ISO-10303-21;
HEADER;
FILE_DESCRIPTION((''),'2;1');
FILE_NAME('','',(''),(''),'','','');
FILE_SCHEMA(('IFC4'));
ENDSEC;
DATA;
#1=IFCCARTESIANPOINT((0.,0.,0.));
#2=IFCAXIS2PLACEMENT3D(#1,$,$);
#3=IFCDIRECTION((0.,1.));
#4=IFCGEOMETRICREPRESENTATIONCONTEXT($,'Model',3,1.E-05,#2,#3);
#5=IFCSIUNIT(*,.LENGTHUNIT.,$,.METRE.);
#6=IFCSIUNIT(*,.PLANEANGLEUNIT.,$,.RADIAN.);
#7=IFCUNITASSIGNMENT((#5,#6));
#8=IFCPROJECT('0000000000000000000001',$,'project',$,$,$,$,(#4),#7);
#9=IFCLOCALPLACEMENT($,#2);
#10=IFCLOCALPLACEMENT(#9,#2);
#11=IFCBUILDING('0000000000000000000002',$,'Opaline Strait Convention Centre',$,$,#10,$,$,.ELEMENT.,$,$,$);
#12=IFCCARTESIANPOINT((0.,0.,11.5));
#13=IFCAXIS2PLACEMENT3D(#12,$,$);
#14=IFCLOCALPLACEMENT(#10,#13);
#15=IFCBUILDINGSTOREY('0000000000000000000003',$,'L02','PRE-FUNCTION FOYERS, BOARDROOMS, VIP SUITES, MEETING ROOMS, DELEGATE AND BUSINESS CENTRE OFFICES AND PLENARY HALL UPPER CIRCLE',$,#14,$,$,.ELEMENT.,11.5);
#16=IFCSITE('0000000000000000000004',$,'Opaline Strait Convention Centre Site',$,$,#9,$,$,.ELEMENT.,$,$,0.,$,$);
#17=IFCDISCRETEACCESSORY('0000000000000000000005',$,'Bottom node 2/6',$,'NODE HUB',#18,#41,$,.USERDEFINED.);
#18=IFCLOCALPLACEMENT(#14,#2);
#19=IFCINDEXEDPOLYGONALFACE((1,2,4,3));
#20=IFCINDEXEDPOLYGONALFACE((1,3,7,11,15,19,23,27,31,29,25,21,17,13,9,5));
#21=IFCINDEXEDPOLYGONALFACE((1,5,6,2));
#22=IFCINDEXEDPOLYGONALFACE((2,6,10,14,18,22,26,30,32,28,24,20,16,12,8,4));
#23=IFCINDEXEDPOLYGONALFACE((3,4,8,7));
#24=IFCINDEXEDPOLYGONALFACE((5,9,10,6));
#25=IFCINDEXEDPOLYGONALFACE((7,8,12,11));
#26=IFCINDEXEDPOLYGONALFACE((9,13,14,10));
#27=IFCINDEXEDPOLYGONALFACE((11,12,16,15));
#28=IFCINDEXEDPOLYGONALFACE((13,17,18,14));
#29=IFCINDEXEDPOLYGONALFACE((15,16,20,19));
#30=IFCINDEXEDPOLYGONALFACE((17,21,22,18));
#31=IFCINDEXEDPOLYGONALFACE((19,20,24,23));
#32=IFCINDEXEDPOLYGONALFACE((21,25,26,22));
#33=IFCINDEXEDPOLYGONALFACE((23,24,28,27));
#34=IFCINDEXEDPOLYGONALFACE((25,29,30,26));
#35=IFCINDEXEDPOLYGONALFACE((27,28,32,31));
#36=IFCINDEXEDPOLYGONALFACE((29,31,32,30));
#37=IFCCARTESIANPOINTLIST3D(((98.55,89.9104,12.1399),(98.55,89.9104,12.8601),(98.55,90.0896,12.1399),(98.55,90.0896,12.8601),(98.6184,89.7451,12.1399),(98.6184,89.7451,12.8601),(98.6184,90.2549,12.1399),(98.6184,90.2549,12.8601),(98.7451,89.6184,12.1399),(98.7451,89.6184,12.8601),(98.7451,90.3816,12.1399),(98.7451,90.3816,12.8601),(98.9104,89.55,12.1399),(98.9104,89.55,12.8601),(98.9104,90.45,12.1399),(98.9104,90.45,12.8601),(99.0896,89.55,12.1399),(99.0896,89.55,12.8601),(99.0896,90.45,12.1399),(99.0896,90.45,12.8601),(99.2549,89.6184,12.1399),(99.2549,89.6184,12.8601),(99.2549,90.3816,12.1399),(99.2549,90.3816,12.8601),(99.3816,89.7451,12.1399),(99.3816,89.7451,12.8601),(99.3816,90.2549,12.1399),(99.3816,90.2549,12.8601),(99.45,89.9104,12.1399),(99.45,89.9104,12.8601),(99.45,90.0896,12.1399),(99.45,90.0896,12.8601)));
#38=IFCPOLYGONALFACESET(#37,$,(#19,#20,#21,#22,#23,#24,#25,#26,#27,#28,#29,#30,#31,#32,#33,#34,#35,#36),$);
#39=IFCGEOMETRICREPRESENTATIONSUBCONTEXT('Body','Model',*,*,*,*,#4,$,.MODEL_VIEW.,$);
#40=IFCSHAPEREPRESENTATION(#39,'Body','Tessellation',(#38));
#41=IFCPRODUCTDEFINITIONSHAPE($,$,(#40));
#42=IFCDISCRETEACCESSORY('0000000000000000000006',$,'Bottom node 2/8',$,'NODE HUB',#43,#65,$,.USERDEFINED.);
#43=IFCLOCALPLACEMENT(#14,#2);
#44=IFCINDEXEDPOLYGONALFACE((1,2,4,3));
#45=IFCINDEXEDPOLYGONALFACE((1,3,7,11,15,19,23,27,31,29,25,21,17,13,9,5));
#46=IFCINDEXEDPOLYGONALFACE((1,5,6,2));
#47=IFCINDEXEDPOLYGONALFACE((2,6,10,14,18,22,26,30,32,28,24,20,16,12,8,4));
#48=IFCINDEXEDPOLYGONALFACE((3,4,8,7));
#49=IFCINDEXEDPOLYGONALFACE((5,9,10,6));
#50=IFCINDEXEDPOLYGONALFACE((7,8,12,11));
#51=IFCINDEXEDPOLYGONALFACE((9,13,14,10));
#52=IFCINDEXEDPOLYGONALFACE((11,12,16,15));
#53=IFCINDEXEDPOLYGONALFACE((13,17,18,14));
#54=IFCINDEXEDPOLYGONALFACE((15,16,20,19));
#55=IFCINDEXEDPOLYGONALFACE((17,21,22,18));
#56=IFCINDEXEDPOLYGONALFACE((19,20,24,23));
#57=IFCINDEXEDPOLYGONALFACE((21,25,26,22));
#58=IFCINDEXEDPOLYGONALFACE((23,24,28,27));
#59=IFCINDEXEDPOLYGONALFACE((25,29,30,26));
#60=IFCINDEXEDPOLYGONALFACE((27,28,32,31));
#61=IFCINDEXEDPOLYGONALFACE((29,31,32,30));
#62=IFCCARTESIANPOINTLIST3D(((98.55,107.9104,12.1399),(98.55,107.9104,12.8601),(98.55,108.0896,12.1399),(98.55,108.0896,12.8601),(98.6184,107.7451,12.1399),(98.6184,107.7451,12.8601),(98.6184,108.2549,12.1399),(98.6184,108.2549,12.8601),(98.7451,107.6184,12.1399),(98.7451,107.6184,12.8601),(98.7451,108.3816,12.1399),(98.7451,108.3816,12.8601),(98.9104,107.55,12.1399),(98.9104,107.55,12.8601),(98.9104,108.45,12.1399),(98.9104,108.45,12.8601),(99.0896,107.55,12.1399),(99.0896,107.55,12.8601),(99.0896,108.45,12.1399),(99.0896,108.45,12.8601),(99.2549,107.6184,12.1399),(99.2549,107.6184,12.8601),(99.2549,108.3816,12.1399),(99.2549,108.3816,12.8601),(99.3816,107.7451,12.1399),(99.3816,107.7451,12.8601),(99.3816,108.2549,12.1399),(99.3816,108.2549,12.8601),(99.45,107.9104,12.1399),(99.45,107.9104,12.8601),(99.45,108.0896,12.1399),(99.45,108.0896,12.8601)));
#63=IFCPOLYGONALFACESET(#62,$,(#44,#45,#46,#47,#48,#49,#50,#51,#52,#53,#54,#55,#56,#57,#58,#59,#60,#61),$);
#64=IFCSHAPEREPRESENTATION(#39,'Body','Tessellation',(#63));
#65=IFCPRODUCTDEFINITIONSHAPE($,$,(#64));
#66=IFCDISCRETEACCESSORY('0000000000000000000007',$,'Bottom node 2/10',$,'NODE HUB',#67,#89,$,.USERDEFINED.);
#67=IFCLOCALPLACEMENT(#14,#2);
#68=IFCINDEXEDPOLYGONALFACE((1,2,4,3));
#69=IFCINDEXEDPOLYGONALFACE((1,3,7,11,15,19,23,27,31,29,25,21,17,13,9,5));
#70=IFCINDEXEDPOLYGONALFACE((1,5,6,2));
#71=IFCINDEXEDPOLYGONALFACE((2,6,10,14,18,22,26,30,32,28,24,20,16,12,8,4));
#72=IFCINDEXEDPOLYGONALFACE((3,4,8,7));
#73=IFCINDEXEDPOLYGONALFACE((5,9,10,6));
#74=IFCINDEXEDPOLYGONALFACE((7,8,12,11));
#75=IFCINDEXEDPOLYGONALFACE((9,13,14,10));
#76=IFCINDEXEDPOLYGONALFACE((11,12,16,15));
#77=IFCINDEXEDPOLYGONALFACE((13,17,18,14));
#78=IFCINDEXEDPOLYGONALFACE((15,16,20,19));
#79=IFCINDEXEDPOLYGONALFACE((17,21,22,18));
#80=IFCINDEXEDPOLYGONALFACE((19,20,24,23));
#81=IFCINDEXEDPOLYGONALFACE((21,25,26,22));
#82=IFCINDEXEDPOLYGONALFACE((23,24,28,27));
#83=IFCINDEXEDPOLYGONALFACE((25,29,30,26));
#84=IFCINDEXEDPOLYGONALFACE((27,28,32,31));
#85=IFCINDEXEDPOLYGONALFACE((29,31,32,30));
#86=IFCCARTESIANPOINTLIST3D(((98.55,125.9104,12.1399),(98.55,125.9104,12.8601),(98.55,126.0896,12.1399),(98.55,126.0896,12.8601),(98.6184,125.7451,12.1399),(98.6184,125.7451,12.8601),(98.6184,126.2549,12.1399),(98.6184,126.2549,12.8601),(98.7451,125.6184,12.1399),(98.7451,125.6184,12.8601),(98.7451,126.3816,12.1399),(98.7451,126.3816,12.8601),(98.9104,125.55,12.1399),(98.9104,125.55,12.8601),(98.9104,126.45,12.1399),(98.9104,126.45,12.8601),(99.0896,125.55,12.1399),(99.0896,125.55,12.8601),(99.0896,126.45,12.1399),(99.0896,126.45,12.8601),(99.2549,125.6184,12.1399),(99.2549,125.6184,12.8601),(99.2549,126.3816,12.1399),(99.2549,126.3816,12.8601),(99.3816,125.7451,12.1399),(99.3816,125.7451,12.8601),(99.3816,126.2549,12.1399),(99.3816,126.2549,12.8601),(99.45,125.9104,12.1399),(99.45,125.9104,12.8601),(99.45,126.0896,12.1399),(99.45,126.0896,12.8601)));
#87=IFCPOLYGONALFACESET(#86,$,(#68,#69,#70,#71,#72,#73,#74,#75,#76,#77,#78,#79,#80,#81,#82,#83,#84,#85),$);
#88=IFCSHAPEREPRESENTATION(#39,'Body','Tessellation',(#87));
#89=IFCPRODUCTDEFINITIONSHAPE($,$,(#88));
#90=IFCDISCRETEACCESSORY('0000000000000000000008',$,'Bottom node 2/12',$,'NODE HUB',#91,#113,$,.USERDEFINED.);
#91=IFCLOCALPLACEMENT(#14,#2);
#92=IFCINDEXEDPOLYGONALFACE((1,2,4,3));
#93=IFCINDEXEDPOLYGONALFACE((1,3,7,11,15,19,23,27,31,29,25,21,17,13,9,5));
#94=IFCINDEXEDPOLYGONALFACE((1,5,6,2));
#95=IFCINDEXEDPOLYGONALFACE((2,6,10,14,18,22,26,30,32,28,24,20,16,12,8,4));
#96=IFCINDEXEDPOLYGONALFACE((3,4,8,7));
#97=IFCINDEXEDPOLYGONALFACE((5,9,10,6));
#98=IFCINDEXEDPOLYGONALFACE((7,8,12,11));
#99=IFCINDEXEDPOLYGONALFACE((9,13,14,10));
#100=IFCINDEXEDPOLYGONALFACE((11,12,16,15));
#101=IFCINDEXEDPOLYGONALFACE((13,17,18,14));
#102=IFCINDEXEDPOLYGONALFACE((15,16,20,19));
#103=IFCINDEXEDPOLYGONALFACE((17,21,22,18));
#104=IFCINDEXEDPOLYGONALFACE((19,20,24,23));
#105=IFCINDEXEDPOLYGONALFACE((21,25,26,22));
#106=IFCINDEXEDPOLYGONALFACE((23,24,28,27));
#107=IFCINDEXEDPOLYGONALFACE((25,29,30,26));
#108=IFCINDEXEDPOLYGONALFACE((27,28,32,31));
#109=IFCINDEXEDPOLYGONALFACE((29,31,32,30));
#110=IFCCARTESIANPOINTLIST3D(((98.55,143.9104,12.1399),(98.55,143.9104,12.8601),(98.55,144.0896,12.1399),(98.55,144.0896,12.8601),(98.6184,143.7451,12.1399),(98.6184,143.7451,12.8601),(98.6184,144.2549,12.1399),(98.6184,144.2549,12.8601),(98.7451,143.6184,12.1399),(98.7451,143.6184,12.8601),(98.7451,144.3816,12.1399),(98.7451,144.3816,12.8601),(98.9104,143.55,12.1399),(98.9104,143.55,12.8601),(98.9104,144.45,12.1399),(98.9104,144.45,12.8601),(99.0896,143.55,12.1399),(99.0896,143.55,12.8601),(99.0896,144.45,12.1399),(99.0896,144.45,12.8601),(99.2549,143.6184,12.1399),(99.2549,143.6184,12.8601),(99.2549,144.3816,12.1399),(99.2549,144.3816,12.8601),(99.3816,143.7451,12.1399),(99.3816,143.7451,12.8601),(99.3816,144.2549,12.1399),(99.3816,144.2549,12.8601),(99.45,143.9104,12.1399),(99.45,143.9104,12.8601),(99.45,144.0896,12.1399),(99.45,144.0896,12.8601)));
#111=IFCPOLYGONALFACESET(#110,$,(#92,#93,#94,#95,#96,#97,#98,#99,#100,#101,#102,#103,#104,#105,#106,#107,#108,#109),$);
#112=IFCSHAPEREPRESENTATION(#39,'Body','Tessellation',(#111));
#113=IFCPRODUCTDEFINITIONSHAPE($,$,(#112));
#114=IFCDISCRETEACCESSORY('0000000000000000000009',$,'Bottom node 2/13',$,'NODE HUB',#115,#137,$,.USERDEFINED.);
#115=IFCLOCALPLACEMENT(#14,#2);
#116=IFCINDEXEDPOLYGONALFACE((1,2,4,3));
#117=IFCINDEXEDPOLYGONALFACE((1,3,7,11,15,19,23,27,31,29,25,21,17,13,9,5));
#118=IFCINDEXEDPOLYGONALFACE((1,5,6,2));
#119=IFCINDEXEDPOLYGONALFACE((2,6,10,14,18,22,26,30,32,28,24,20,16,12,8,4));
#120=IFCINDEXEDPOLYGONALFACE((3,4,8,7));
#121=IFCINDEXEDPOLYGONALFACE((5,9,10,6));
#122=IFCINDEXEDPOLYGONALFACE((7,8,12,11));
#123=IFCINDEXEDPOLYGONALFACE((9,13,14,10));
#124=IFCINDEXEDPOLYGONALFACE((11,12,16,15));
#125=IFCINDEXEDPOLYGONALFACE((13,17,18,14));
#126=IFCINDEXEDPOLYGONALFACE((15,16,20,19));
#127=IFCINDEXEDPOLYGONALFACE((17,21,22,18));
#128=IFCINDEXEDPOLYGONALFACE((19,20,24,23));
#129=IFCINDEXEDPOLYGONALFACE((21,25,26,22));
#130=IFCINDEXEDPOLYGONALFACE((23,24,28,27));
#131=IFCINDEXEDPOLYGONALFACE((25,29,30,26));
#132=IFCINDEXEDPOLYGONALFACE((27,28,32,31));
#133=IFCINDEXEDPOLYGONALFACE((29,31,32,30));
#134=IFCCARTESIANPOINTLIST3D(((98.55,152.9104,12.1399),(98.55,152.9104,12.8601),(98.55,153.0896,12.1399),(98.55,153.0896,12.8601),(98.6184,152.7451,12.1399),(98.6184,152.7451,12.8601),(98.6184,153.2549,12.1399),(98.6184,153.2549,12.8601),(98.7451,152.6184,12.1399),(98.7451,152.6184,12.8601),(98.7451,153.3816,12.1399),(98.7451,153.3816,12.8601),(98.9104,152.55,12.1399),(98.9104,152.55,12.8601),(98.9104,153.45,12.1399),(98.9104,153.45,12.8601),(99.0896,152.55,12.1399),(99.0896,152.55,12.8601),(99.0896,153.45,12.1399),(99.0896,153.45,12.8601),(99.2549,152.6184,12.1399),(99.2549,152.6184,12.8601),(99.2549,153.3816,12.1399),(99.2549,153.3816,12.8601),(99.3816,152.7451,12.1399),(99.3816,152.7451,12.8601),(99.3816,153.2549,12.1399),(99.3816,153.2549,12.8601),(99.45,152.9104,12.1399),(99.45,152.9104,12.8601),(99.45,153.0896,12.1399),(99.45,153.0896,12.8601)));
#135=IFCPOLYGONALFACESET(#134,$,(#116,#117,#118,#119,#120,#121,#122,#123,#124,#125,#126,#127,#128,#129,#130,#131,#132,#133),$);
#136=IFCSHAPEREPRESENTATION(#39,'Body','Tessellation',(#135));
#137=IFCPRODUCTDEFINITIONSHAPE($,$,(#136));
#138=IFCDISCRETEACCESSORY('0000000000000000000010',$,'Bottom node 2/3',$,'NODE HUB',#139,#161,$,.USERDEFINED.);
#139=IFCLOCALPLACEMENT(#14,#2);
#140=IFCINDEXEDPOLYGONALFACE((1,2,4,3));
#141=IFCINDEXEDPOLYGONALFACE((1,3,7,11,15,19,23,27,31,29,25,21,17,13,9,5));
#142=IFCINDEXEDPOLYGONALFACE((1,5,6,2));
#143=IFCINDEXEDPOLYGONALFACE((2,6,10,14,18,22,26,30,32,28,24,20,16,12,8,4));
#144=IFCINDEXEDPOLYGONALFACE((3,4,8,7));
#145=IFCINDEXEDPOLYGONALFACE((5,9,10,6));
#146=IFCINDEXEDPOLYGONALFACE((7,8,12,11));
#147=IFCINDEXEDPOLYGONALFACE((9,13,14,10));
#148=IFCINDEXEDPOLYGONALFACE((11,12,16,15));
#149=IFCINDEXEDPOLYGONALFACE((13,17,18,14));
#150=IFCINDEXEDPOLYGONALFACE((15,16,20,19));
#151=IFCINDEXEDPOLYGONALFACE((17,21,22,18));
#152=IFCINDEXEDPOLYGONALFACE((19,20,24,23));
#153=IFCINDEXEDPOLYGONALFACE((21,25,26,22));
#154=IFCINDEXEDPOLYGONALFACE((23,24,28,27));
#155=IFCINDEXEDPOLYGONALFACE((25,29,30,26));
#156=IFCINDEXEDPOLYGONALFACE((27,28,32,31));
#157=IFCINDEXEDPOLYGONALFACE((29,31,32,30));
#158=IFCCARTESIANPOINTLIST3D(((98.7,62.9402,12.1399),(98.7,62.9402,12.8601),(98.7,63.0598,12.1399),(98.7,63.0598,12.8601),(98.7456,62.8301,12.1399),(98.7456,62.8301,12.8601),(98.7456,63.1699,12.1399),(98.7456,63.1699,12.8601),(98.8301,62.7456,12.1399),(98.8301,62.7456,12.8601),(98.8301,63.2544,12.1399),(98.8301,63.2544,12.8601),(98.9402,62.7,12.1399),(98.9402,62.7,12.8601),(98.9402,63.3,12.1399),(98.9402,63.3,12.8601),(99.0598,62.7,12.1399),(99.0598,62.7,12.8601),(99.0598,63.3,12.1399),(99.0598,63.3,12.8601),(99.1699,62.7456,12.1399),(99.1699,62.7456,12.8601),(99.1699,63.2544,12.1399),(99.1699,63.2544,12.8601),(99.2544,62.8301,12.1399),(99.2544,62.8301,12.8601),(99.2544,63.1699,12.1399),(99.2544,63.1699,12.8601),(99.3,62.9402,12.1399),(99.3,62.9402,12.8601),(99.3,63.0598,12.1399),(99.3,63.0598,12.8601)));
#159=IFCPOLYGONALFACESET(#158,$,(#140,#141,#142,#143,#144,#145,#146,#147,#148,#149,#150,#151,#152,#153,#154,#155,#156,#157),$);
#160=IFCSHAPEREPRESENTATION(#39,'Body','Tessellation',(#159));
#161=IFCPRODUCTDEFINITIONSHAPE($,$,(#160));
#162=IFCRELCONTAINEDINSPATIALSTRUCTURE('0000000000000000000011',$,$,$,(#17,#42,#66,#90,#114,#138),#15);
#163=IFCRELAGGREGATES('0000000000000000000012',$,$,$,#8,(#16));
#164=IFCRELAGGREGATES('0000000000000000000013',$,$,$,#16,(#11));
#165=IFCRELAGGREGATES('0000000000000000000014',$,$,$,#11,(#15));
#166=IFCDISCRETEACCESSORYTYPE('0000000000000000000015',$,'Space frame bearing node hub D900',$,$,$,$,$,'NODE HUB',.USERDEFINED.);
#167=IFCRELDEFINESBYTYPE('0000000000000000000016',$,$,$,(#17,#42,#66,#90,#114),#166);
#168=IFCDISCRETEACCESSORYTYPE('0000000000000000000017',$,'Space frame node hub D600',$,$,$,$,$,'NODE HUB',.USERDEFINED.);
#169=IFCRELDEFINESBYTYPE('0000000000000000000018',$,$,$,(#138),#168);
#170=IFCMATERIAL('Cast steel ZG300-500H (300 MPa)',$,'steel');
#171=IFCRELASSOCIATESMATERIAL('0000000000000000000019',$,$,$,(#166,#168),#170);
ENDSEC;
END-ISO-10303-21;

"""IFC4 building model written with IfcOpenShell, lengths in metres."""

from ifc_helpers import new_model, si_unit, direction, frame, origin, place, context, subcontext, project, spatial, polyline, outline, extrude, material, type_object, element, save


model = new_model("IFC4")

# Units and contexts
model_context = context("Model", 3, precision=1e-05, world=origin(), true_north=direction((0.0, 1.0)))
body_context = subcontext(model_context, "Body", "Model", "MODEL_VIEW")
ifc_project = project(units=[si_unit("LENGTHUNIT", "METRE"), si_unit("PLANEANGLEUNIT", "RADIAN")], contexts=[model_context])

# Site, building, storey
site_placement = place(None, origin())
site = spatial("IfcSite", under=ifc_project, at=site_placement, Name="Opaline Strait Convention Centre Site", CompositionType="ELEMENT", RefElevation=0.0)
building_placement = place(site_placement, origin())
building = spatial("IfcBuilding", under=site, at=building_placement, Name="Opaline Strait Convention Centre", CompositionType="ELEMENT")
storey_placement = place(building_placement, frame((0.0, 0.0, 11.5)))
storey = spatial("IfcBuildingStorey", under=building, at=storey_placement, Name="L02", Description="PRE-FUNCTION FOYERS, BOARDROOMS, VIP SUITES, MEETING ROOMS, DELEGATE AND BUSINESS CENTRE OFFICES AND PLENARY HALL UPPER CIRCLE", CompositionType="ELEMENT", Elevation=11.5)

# Discrete accessories
ifc_material = material(Name="Cast steel ZG300-500H (300 MPa)", Category="steel")
discrete_accessory_type_1 = type_object("IfcDiscreteAccessoryType", Name="Space frame bearing node hub D900", ElementType="NODE HUB", PredefinedType="USERDEFINED", material=ifc_material)
discrete_accessory_1_placement = place(storey_placement, frame((0.0, 0.0, 12.1399)))
element("IfcDiscreteAccessory", 1, at=discrete_accessory_1_placement, inside=storey, type_object=discrete_accessory_type_1, Name="Bottom node 2/6", ObjectType="NODE HUB", PredefinedType="USERDEFINED", context=body_context, shape_type="SweptSolid", body=[
    extrude(outline(polyline([(99.45, 90.0896), (99.3816, 90.2549), (99.2549, 90.3816), (99.0896, 90.45), (98.9104, 90.45), (98.7451, 90.3816), (98.6184, 90.2549), (98.55, 90.0896), (98.55, 89.9104), (98.6184, 89.7451), (98.7451, 89.6184), (98.9104, 89.55), (99.0896, 89.55), (99.2549, 89.6184), (99.3816, 89.7451), (99.45, 89.9104), (99.45, 90.0896)])), origin(), (0.0, 0.0, 1.0), 0.7202),
])
discrete_accessory_2_placement = place(storey_placement, frame((0.0, 0.0, 12.1399)))
element("IfcDiscreteAccessory", 2, at=discrete_accessory_2_placement, inside=storey, type_object=discrete_accessory_type_1, Name="Bottom node 2/8", ObjectType="NODE HUB", PredefinedType="USERDEFINED", context=body_context, shape_type="SweptSolid", body=[
    extrude(outline(polyline([(99.45, 108.0896), (99.3816, 108.2549), (99.2549, 108.3816), (99.0896, 108.45), (98.9104, 108.45), (98.7451, 108.3816), (98.6184, 108.2549), (98.55, 108.0896), (98.55, 107.9104), (98.6184, 107.7451), (98.7451, 107.6184), (98.9104, 107.55), (99.0896, 107.55), (99.2549, 107.6184), (99.3816, 107.7451), (99.45, 107.9104), (99.45, 108.0896)])), origin(), (0.0, 0.0, 1.0), 0.7202),
])
discrete_accessory_3_placement = place(storey_placement, frame((0.0, 0.0, 12.1399)))
element("IfcDiscreteAccessory", 3, at=discrete_accessory_3_placement, inside=storey, type_object=discrete_accessory_type_1, Name="Bottom node 2/10", ObjectType="NODE HUB", PredefinedType="USERDEFINED", context=body_context, shape_type="SweptSolid", body=[
    extrude(outline(polyline([(99.45, 126.0896), (99.3816, 126.2549), (99.2549, 126.3816), (99.0896, 126.45), (98.9104, 126.45), (98.7451, 126.3816), (98.6184, 126.2549), (98.55, 126.0896), (98.55, 125.9104), (98.6184, 125.7451), (98.7451, 125.6184), (98.9104, 125.55), (99.0896, 125.55), (99.2549, 125.6184), (99.3816, 125.7451), (99.45, 125.9104), (99.45, 126.0896)])), origin(), (0.0, 0.0, 1.0), 0.7202),
])
discrete_accessory_4_placement = place(storey_placement, frame((0.0, 0.0, 12.1399)))
element("IfcDiscreteAccessory", 4, at=discrete_accessory_4_placement, inside=storey, type_object=discrete_accessory_type_1, Name="Bottom node 2/12", ObjectType="NODE HUB", PredefinedType="USERDEFINED", context=body_context, shape_type="SweptSolid", body=[
    extrude(outline(polyline([(99.45, 144.0896), (99.3816, 144.2549), (99.2549, 144.3816), (99.0896, 144.45), (98.9104, 144.45), (98.7451, 144.3816), (98.6184, 144.2549), (98.55, 144.0896), (98.55, 143.9104), (98.6184, 143.7451), (98.7451, 143.6184), (98.9104, 143.55), (99.0896, 143.55), (99.2549, 143.6184), (99.3816, 143.7451), (99.45, 143.9104), (99.45, 144.0896)])), origin(), (0.0, 0.0, 1.0), 0.7202),
])
discrete_accessory_5_placement = place(storey_placement, frame((0.0, 0.0, 12.1399)))
element("IfcDiscreteAccessory", 5, at=discrete_accessory_5_placement, inside=storey, type_object=discrete_accessory_type_1, Name="Bottom node 2/13", ObjectType="NODE HUB", PredefinedType="USERDEFINED", context=body_context, shape_type="SweptSolid", body=[
    extrude(outline(polyline([(99.45, 153.0896), (99.3816, 153.2549), (99.2549, 153.3816), (99.0896, 153.45), (98.9104, 153.45), (98.7451, 153.3816), (98.6184, 153.2549), (98.55, 153.0896), (98.55, 152.9104), (98.6184, 152.7451), (98.7451, 152.6184), (98.9104, 152.55), (99.0896, 152.55), (99.2549, 152.6184), (99.3816, 152.7451), (99.45, 152.9104), (99.45, 153.0896)])), origin(), (0.0, 0.0, 1.0), 0.7202),
])
discrete_accessory_type_2 = type_object("IfcDiscreteAccessoryType", Name="Space frame node hub D600", ElementType="NODE HUB", PredefinedType="USERDEFINED", material=ifc_material)
discrete_accessory_6_placement = place(storey_placement, frame((0.0, 0.0, 12.1399)))
element("IfcDiscreteAccessory", 6, at=discrete_accessory_6_placement, inside=storey, type_object=discrete_accessory_type_2, Name="Bottom node 2/3", ObjectType="NODE HUB", PredefinedType="USERDEFINED", context=body_context, shape_type="SweptSolid", body=[
    extrude(outline(polyline([(99.3, 63.0598), (99.2544, 63.1699), (99.1699, 63.2544), (99.0598, 63.3), (98.9402, 63.3), (98.8301, 63.2544), (98.7456, 63.1699), (98.7, 63.0598), (98.7, 62.9402), (98.7456, 62.8301), (98.8301, 62.7456), (98.9402, 62.7), (99.0598, 62.7), (99.1699, 62.7456), (99.2544, 62.8301), (99.3, 62.9402), (99.3, 63.0598)])), origin(), (0.0, 0.0, 1.0), 0.7202),
])

save(model, "model.ifc")
